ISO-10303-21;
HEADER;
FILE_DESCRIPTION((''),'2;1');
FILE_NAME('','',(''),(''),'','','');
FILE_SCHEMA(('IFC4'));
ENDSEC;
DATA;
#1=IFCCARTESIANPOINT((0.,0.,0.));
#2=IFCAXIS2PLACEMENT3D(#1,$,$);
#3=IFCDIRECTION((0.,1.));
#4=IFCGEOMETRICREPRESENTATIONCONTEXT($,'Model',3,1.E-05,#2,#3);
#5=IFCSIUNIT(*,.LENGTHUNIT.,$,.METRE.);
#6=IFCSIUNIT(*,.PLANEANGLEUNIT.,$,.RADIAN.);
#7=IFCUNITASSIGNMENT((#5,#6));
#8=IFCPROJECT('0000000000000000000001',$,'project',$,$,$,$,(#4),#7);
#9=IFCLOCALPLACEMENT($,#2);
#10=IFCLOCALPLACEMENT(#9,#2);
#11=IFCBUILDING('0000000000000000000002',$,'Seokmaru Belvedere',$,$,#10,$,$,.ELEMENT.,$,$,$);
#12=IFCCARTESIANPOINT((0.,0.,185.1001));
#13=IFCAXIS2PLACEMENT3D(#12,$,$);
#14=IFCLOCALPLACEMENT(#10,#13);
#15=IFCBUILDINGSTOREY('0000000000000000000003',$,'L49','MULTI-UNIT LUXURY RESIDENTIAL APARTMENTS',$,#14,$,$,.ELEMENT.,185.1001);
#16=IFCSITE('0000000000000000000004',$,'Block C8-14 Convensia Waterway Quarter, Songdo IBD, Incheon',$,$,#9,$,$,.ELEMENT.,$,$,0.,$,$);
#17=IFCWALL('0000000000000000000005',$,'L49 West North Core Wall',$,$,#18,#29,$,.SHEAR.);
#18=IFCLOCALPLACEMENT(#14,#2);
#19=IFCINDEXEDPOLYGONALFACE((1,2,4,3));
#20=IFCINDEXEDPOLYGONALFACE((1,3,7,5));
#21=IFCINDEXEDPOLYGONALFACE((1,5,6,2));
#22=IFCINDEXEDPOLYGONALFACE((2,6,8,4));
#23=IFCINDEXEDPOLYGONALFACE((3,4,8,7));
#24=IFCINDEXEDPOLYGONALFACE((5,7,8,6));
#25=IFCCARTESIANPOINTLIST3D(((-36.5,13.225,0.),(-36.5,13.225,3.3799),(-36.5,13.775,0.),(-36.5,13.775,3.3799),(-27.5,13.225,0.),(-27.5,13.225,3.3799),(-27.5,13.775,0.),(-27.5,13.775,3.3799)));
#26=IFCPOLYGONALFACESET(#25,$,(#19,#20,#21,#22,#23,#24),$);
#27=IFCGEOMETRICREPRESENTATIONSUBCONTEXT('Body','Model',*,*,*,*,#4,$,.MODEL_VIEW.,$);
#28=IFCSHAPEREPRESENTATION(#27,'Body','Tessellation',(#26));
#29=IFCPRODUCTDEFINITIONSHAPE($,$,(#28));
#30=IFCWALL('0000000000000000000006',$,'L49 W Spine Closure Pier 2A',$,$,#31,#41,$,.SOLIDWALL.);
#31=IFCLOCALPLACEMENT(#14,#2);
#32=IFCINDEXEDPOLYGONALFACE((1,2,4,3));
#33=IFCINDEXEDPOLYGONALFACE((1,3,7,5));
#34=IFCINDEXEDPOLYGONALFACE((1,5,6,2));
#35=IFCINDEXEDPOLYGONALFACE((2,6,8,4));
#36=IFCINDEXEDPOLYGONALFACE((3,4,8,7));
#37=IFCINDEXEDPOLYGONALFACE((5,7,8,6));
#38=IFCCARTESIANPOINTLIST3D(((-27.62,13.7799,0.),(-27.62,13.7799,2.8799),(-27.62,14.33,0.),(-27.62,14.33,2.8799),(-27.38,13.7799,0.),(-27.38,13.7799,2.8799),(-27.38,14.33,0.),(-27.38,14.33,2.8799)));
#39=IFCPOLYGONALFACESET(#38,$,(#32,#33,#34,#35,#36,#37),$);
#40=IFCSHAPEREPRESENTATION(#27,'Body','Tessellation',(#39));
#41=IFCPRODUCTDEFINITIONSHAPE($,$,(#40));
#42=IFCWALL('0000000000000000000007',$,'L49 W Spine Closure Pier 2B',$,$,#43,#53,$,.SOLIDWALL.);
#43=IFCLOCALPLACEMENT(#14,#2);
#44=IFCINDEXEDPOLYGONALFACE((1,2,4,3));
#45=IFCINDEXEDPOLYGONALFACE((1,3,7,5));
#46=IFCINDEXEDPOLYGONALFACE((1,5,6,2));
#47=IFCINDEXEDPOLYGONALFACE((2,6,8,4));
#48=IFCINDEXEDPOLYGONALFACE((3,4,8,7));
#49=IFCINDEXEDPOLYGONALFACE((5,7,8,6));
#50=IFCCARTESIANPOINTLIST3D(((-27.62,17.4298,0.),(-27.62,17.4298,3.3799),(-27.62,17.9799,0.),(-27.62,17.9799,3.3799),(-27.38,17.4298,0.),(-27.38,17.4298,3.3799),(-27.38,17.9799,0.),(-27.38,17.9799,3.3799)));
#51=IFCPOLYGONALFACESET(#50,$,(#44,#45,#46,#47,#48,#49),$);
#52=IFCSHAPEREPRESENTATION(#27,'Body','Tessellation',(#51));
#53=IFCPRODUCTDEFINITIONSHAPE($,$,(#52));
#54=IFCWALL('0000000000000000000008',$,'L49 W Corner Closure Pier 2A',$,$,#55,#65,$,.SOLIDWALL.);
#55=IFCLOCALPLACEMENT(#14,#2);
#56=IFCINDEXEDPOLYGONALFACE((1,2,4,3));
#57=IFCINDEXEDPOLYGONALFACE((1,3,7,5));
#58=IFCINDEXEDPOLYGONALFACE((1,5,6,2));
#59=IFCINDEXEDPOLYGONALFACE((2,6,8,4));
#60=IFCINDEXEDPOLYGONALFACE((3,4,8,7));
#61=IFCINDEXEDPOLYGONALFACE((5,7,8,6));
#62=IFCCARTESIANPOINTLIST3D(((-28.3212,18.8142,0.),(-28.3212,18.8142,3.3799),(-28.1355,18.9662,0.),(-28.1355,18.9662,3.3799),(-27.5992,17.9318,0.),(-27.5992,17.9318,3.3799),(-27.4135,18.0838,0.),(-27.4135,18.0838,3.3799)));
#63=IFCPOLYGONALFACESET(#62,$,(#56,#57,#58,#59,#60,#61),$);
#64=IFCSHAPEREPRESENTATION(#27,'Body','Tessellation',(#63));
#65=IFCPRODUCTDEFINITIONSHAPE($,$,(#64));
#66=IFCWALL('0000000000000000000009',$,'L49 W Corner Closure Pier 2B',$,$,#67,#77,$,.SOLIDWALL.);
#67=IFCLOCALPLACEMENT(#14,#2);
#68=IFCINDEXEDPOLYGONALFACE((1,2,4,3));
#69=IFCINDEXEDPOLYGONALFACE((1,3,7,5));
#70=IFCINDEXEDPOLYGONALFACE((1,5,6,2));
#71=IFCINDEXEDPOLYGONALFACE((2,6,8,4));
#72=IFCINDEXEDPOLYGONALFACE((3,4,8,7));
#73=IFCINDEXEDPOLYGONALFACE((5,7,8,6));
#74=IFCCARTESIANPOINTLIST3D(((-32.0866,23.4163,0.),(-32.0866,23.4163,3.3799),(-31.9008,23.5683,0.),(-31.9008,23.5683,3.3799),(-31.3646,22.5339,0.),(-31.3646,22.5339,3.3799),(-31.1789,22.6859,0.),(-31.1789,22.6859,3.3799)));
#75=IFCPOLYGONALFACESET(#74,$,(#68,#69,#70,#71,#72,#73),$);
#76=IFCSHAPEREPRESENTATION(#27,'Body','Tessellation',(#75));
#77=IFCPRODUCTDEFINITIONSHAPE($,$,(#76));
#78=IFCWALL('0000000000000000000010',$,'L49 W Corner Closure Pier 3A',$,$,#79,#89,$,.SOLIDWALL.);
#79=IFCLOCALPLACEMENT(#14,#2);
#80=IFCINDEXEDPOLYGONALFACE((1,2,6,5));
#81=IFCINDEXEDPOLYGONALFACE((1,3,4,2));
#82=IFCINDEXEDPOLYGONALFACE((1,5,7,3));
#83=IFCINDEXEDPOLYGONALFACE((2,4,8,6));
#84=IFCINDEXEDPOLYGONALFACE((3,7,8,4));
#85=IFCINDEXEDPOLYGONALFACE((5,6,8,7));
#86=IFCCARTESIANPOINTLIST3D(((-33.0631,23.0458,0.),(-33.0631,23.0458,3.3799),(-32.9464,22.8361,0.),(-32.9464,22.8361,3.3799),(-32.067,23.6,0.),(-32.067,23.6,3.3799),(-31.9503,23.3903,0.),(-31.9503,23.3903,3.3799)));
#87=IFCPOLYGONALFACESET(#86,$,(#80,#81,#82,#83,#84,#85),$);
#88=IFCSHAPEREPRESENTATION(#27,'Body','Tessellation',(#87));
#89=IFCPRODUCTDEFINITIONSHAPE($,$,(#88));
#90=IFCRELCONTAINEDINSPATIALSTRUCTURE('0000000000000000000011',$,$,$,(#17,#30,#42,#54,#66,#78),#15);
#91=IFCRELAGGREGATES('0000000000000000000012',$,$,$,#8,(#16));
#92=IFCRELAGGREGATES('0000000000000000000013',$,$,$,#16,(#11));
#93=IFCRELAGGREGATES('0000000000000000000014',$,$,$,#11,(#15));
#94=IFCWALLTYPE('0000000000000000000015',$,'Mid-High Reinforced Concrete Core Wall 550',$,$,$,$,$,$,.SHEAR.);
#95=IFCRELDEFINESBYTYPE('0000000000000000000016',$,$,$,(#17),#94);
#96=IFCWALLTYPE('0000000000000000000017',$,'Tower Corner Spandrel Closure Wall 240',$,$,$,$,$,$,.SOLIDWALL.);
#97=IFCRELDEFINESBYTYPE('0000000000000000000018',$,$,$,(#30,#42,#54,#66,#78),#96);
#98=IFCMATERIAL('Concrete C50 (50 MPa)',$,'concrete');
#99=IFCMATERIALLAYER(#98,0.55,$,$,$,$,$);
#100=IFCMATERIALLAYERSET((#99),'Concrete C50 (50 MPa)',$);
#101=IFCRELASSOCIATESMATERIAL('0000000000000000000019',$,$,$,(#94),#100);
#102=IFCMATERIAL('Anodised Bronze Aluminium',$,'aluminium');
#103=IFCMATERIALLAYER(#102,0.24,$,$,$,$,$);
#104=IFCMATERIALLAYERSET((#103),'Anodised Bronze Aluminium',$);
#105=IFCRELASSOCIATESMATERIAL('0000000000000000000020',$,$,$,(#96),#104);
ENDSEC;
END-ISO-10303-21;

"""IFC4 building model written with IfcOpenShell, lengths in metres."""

from ifc_helpers import new_model, si_unit, direction, frame, frame_2d, origin, place, context, subcontext, project, spatial, rectangle, extrude, material, layer, layer_set, type_object, element, save


model = new_model("IFC4")

# Units and contexts
model_context = context("Model", 3, precision=1e-05, world=origin(), true_north=direction((0.0, 1.0)))
body_context = subcontext(model_context, "Body", "Model", "MODEL_VIEW")
ifc_project = project(units=[si_unit("LENGTHUNIT", "METRE"), si_unit("PLANEANGLEUNIT", "RADIAN")], contexts=[model_context])

# Site, building, storey
site_placement = place(None, origin())
site = spatial("IfcSite", under=ifc_project, at=site_placement, Name="Block C8-14 Convensia Waterway Quarter, Songdo IBD, Incheon", CompositionType="ELEMENT", RefElevation=0.0)
building_placement = place(site_placement, origin())
building = spatial("IfcBuilding", under=site, at=building_placement, Name="Seokmaru Belvedere", CompositionType="ELEMENT")
storey_placement = place(building_placement, frame((0.0, 0.0, 185.1001)))
storey = spatial("IfcBuildingStorey", under=building, at=storey_placement, Name="L49", Description="MULTI-UNIT LUXURY RESIDENTIAL APARTMENTS", CompositionType="ELEMENT", Elevation=185.1001)

# Shared definitions
ifc_material_1 = material(Name="Anodised Bronze Aluminium", Category="aluminium")

# Walls
ifc_material_2 = material(Name="Concrete C50 (50 MPa)", Category="concrete")
ifc_layer_1 = layer(ifc_material_2, 0.55)
ifc_layer_set_1 = layer_set([ifc_layer_1], Name="Concrete C50 (50 MPa)")
wall_type_1 = type_object("IfcWallType", Name="Mid-High Reinforced Concrete Core Wall 550", PredefinedType="SHEAR", material=ifc_layer_set_1)
wall_1_placement = place(storey_placement, frame((-36.5, 13.5, 0.0), z_axis=(0.0, 0.0, 1.0), x_axis=(1.0, 0.0, 0.0)))
element("IfcWall", 1, at=wall_1_placement, inside=storey, type_object=wall_type_1, Name="L49 West North Core Wall", PredefinedType="SHEAR", context=body_context, shape_type="SweptSolid", body=[
    extrude(rectangle(XDim=9.0, YDim=0.55, at=frame_2d((4.5, 0.0))), origin(), (0.0, 0.0, 1.0), 3.3799),
])
ifc_layer_2 = layer(ifc_material_1, 0.24)
ifc_layer_set_2 = layer_set([ifc_layer_2], Name="Anodised Bronze Aluminium")
wall_type_2 = type_object("IfcWallType", Name="Tower Corner Spandrel Closure Wall 240", PredefinedType="SOLIDWALL", material=ifc_layer_set_2)
wall_2_placement = place(storey_placement, frame((-27.5, 13.78, 0.0), z_axis=(0.0, 0.0, 1.0), x_axis=(0.0, 1.0, 0.0)))
element("IfcWall", 2, at=wall_2_placement, inside=storey, type_object=wall_type_2, Name="L49 W Spine Closure Pier 2A", PredefinedType="SOLIDWALL", context=body_context, shape_type="SweptSolid", body=[
    extrude(rectangle(XDim=0.55, YDim=0.24, at=frame_2d((0.2749, 0.0))), origin(), (0.0, 0.0, 1.0), 2.8799),
])
wall_3_placement = place(storey_placement, frame((-27.5, 17.4299, 0.0), z_axis=(0.0, 0.0, 1.0), x_axis=(0.0, 1.0, 0.0)))
element("IfcWall", 3, at=wall_3_placement, inside=storey, type_object=wall_type_2, Name="L49 W Spine Closure Pier 2B", PredefinedType="SOLIDWALL", context=body_context, shape_type="SweptSolid", body=[
    extrude(rectangle(XDim=0.55, YDim=0.24, at=frame_2d((0.2749, 0.0))), origin(), (0.0, 0.0, 1.0), 3.3799),
])
for number, where, z_axis, x_axis, name in (
    (4, (-27.5063, 18.0078, 0.0), (0.0, 0.0, 1.0), (-0.633249, 0.773948, 0.0), "L49 W Corner Closure Pier 2A"),
    (5, (-31.2717, 22.6099, 0.0), (0.0, 0.0, 1.0), (-0.633249, 0.773948, 0.0), "L49 W Corner Closure Pier 2B"),
):
    element("IfcWall", number, at=place(storey_placement, frame(where, z_axis=z_axis, x_axis=x_axis)), inside=storey, type_object=wall_type_2, Name=name, PredefinedType="SOLIDWALL", context=body_context, shape_type="SweptSolid", body=[
        extrude(rectangle(XDim=1.1401, YDim=0.24, at=frame_2d((0.5701, 0.0))), origin(), (0.0, 0.0, 1.0), 3.3799),
    ])
wall_4_placement = place(storey_placement, frame((-32.0088, 23.4951, 0.0), z_axis=(0.0, 0.0, 1.0), x_axis=(-0.873854, -0.486188, 0.0)))
element("IfcWall", 6, at=wall_4_placement, inside=storey, type_object=wall_type_2, Name="L49 W Corner Closure Pier 3A", PredefinedType="SOLIDWALL", context=body_context, shape_type="SweptSolid", body=[
    extrude(rectangle(XDim=1.1399, YDim=0.24, at=frame_2d((0.5698, 0.0))), origin(), (0.0, 0.0, 1.0), 3.3799),
])

save(model, "model.ifc")
